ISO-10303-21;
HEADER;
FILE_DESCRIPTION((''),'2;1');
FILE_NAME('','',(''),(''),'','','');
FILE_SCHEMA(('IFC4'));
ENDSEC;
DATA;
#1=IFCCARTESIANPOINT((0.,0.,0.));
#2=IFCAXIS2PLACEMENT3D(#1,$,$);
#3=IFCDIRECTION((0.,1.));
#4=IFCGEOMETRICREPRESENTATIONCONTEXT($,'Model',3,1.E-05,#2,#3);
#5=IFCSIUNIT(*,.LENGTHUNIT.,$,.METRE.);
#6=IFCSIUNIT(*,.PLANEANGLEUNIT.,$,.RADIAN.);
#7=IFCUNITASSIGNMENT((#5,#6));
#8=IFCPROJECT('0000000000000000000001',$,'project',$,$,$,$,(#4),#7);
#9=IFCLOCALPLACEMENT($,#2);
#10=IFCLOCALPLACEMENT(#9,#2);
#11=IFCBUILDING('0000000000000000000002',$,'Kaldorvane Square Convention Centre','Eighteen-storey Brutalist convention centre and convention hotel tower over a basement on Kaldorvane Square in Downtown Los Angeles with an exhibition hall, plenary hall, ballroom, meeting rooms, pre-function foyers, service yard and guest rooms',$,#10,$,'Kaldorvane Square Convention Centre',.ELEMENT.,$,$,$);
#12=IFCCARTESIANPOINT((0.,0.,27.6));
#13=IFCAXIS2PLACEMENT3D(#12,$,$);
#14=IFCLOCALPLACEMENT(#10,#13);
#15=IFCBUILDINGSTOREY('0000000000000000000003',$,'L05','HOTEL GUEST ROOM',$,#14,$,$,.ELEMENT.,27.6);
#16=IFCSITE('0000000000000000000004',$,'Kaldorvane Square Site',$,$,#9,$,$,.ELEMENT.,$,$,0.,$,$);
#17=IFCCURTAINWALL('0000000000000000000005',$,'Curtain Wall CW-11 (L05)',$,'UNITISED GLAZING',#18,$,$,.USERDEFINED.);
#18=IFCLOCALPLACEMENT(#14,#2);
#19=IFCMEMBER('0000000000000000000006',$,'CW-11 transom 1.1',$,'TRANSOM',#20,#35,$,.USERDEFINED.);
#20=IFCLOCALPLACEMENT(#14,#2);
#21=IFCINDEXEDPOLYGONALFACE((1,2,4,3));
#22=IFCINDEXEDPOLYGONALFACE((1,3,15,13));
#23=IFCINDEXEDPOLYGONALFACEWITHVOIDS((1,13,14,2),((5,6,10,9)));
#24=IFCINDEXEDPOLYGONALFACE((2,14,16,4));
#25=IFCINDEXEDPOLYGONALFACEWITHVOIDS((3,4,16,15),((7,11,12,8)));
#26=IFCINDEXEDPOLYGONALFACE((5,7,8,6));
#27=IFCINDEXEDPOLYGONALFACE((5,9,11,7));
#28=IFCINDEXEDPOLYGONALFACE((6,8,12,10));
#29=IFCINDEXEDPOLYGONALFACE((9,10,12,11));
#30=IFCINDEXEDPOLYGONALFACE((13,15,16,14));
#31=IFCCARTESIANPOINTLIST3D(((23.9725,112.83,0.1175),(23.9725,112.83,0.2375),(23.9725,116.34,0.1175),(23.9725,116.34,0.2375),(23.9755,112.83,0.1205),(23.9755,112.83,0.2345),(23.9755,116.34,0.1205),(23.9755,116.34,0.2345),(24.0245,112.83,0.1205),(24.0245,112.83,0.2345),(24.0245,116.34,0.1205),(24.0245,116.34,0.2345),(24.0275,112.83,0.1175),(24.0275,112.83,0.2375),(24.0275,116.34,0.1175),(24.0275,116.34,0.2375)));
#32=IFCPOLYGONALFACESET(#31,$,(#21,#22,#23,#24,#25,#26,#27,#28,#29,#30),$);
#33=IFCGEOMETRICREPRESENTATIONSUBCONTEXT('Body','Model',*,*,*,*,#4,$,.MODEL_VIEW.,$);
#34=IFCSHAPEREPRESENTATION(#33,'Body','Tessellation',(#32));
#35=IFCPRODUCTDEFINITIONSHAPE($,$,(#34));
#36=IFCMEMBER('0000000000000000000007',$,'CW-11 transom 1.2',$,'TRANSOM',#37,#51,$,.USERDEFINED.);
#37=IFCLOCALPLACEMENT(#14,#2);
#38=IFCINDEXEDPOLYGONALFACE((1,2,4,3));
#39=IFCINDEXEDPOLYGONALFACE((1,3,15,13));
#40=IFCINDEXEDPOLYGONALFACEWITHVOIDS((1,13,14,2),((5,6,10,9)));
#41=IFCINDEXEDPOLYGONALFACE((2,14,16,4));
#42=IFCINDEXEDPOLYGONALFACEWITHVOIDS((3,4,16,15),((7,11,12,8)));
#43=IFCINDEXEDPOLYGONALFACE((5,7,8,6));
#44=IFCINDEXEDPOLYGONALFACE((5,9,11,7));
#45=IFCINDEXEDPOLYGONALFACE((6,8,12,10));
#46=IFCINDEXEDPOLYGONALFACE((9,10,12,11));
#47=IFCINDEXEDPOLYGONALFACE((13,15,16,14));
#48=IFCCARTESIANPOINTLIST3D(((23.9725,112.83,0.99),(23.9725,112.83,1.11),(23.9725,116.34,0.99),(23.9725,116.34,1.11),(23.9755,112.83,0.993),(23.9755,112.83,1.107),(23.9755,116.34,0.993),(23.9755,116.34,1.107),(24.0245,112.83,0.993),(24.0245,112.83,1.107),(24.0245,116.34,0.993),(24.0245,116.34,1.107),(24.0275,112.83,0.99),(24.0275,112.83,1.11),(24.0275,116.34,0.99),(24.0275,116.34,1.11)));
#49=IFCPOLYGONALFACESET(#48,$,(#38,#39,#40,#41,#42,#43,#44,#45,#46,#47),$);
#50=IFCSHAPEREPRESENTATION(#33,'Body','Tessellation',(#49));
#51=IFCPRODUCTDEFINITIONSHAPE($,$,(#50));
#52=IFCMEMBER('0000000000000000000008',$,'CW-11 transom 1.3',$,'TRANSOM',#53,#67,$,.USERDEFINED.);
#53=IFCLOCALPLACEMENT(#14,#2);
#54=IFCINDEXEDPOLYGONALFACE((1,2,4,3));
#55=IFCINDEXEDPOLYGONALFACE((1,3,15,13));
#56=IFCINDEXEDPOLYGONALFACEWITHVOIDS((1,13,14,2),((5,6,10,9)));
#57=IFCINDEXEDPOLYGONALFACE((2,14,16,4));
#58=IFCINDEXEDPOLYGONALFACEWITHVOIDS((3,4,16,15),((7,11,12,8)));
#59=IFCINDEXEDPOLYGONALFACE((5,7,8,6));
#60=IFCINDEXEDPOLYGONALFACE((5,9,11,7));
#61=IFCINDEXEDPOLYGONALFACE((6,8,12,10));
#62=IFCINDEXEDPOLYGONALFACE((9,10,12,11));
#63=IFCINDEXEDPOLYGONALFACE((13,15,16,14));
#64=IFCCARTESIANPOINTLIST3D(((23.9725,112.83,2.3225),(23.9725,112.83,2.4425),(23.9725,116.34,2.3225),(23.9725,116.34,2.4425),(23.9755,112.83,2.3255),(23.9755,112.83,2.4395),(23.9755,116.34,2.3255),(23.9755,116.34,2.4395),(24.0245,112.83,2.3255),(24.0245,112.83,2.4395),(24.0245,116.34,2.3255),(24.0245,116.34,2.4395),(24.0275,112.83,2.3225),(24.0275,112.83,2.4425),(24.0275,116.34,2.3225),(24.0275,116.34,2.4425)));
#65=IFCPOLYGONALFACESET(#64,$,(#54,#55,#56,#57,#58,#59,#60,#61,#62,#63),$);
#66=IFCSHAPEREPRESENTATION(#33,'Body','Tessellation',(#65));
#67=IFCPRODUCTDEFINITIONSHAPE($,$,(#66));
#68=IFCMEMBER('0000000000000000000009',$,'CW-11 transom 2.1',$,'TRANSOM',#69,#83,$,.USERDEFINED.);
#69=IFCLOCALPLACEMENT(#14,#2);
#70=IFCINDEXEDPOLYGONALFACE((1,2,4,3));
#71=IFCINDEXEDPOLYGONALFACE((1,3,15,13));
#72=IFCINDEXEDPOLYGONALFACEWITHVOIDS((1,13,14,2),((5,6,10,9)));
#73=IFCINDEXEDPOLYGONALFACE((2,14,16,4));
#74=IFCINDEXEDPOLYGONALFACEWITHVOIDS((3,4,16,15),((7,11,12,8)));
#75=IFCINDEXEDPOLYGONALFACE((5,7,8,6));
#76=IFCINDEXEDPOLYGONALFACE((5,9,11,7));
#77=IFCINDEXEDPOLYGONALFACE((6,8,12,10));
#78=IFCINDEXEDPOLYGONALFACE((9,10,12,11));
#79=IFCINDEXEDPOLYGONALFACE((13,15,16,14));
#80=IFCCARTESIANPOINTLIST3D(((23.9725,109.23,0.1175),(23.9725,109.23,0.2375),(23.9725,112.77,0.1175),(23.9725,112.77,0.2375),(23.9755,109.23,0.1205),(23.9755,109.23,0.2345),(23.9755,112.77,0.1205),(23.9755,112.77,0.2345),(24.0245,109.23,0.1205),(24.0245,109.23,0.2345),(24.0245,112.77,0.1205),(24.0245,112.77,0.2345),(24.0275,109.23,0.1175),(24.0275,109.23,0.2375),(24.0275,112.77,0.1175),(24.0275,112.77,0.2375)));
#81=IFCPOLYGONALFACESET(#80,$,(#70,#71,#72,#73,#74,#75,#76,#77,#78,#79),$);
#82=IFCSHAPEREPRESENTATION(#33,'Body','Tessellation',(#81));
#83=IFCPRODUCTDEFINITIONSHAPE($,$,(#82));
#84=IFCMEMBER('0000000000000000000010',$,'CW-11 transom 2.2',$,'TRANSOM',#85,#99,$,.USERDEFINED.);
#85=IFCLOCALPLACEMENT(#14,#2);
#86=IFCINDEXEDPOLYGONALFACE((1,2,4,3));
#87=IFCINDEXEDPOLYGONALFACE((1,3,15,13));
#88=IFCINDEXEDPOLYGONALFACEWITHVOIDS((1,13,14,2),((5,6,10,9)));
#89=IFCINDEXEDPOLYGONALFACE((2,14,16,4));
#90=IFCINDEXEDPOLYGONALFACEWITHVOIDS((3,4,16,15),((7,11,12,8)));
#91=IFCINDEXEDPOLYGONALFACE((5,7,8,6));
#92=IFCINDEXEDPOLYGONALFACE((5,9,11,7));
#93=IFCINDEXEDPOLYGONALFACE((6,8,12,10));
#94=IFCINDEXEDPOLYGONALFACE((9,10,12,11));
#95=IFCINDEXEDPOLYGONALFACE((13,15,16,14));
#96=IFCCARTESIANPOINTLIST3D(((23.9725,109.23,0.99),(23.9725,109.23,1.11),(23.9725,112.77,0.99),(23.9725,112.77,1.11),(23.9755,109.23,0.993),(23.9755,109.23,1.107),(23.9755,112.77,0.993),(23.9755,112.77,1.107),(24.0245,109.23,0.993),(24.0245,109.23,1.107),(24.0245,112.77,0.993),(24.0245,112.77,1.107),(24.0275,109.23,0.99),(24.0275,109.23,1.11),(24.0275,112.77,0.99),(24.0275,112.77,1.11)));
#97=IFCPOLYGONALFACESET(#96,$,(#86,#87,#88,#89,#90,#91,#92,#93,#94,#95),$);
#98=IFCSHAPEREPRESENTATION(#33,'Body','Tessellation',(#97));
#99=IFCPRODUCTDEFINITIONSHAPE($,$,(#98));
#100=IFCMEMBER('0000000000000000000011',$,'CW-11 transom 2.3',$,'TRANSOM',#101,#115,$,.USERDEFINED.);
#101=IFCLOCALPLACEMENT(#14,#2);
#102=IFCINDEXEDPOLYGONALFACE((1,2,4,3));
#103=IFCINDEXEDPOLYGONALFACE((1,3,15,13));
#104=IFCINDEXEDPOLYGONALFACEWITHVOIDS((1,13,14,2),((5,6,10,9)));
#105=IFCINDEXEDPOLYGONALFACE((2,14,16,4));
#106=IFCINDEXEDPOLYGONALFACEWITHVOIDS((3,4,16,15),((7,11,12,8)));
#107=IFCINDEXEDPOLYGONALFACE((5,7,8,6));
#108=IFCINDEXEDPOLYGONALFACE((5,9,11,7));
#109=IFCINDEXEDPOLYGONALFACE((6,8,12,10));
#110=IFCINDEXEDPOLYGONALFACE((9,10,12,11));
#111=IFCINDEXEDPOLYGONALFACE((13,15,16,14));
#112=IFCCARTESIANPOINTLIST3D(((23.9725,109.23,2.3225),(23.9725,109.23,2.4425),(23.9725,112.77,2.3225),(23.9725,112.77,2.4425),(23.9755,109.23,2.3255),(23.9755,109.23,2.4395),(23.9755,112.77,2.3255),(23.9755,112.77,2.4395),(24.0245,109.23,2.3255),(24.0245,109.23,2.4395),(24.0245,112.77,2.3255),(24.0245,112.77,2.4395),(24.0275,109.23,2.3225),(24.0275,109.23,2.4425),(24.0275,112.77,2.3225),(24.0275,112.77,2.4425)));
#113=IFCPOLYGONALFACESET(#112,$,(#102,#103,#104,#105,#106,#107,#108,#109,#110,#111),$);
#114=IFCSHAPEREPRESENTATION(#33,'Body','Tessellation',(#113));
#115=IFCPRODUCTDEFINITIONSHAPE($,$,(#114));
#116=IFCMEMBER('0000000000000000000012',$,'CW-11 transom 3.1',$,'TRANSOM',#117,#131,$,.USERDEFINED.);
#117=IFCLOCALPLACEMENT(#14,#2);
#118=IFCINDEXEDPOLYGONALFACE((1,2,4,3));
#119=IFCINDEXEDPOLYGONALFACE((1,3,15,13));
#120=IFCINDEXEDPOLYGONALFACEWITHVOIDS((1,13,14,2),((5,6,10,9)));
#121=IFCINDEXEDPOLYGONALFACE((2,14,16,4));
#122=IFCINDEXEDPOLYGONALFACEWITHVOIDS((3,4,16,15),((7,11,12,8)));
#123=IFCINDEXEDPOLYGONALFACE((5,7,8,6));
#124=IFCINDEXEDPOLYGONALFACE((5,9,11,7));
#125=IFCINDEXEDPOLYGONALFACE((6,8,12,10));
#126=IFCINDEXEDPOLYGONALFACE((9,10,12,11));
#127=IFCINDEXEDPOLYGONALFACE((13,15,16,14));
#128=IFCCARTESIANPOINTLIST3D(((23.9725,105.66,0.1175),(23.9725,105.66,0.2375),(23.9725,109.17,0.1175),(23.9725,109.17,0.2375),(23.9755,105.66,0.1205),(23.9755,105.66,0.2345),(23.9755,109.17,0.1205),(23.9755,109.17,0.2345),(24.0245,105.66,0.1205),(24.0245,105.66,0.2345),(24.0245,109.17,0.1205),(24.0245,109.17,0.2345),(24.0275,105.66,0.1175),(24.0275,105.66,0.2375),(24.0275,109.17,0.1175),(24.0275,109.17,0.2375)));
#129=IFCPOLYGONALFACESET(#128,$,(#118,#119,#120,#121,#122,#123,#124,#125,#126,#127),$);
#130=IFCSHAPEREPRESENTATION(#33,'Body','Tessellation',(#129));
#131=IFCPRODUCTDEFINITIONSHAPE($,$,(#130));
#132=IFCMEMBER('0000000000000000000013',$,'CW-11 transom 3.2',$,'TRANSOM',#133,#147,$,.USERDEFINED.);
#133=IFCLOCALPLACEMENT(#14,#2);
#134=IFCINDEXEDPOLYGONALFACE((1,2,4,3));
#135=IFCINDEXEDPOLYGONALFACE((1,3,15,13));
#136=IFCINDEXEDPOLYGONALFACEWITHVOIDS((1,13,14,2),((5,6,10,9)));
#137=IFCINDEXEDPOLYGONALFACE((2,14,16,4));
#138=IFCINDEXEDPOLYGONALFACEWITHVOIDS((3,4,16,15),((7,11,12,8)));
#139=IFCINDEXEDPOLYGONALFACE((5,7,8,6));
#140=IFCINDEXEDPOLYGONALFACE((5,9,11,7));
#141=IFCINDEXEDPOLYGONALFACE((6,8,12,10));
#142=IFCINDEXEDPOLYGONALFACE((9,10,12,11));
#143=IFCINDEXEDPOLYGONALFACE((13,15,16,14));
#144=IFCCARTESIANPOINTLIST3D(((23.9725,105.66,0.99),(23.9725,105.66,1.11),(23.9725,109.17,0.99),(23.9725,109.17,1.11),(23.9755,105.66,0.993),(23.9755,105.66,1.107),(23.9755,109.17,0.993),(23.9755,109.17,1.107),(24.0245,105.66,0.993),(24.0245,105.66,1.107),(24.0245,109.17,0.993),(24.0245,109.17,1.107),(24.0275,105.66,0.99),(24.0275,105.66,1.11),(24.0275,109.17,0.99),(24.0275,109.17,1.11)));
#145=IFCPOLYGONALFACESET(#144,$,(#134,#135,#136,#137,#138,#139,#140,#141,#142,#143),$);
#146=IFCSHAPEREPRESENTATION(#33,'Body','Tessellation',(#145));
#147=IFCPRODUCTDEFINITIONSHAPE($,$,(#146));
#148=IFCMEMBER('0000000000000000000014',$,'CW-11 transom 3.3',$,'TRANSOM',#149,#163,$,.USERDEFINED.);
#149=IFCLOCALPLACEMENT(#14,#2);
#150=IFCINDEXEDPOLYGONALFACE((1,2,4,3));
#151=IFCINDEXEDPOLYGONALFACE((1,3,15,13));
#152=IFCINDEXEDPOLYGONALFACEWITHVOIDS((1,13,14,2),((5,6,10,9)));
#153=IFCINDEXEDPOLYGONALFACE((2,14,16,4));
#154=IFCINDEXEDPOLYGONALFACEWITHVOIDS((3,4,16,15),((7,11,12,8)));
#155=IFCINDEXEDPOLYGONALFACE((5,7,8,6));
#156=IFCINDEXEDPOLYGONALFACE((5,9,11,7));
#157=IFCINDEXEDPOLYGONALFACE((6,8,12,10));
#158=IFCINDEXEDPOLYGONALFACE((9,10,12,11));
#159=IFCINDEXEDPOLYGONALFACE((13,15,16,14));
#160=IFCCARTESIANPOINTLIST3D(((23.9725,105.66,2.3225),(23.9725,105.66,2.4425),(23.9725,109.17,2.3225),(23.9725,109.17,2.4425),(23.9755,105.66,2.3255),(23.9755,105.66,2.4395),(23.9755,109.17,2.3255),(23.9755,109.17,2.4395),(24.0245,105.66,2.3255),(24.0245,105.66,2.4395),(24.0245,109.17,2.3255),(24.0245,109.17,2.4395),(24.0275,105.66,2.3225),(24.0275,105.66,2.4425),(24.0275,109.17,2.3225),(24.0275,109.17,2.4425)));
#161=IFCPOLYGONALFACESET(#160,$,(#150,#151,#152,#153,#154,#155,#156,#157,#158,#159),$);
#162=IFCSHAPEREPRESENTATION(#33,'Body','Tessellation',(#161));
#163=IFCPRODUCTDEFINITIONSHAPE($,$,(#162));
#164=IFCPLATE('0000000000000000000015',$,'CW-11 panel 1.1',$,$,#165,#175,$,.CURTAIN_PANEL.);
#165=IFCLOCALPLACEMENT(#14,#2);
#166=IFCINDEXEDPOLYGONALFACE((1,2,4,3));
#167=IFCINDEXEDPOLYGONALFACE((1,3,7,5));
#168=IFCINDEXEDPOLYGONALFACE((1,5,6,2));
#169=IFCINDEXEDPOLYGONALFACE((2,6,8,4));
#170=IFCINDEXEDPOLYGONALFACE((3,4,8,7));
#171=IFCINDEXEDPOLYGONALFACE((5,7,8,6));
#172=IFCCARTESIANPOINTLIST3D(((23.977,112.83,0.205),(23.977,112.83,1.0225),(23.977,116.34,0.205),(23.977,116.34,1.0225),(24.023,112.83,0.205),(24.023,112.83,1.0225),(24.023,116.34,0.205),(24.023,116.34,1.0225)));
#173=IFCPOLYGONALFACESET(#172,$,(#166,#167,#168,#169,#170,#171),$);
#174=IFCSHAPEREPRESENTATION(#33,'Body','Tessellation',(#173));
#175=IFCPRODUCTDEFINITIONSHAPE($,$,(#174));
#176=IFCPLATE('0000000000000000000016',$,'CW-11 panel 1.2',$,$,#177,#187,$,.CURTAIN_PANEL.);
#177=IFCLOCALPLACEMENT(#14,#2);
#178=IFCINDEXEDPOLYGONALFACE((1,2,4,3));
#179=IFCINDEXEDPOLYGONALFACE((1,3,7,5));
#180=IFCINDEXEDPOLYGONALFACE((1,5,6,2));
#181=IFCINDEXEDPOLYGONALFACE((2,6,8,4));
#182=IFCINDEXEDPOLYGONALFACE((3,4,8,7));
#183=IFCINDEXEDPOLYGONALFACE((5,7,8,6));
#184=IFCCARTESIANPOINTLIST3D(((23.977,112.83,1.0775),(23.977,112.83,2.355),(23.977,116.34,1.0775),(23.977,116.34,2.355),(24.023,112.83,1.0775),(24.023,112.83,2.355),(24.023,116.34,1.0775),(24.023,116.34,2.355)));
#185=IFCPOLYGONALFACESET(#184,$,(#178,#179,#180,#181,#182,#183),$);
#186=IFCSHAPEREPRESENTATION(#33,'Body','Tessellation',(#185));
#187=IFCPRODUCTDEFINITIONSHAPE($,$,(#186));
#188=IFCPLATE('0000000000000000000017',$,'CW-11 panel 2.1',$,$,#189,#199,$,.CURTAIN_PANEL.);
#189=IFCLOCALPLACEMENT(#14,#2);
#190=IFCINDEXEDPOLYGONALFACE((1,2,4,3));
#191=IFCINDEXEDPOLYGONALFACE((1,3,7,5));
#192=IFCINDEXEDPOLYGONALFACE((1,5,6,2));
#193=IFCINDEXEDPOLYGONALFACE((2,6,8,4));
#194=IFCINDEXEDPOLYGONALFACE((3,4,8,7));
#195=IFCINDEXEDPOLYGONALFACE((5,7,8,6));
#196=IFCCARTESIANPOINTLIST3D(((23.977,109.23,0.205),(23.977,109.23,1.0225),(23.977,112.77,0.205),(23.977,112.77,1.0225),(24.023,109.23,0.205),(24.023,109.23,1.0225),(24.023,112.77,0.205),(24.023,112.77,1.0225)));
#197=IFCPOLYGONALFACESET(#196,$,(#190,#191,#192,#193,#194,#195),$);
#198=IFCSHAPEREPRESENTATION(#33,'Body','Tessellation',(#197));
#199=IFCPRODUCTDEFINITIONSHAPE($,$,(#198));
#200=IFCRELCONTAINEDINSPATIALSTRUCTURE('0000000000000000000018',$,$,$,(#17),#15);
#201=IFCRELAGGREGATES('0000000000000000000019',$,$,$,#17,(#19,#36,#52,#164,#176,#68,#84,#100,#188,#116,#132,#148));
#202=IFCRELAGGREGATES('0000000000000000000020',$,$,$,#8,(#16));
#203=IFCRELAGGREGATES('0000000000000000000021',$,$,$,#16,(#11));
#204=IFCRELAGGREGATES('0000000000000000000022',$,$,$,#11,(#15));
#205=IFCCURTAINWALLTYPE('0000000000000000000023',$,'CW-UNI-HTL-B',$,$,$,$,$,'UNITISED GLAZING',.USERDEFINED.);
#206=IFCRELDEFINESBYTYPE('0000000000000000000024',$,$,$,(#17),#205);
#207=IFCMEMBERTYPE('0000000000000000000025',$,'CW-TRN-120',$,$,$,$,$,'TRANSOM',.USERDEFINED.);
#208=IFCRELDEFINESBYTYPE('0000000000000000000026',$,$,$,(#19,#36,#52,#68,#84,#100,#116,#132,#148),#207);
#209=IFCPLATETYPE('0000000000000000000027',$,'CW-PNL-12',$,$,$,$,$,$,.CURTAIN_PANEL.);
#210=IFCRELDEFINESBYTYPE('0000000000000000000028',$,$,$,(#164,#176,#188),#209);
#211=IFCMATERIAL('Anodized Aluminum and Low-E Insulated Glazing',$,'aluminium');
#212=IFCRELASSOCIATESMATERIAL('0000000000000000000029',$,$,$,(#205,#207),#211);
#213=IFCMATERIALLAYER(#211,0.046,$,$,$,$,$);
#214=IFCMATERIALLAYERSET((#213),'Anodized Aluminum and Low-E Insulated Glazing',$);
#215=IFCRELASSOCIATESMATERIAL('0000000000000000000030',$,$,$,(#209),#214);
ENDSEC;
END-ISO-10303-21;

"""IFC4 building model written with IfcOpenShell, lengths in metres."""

from ifc_helpers import new_model, si_unit, direction, frame, origin, origin_2d, place, context, subcontext, project, spatial, rectangle, hollow_rectangle, extrude, material, layer, layer_set, material_profile, profile_set, type_object, element, aggregate, save


model = new_model("IFC4")

# Units and contexts
model_context = context("Model", 3, precision=1e-05, world=origin(), true_north=direction((0.0, 1.0)))
body_context = subcontext(model_context, "Body", "Model", "MODEL_VIEW")
ifc_project = project(units=[si_unit("LENGTHUNIT", "METRE"), si_unit("PLANEANGLEUNIT", "RADIAN")], contexts=[model_context])

# Site, building, storey
site_placement = place(None, origin())
site = spatial("IfcSite", under=ifc_project, at=site_placement, Name="Kaldorvane Square Site", CompositionType="ELEMENT", RefElevation=0.0)
building_placement = place(site_placement, origin())
building = spatial("IfcBuilding", under=site, at=building_placement, Name="Kaldorvane Square Convention Centre", Description="Eighteen-storey Brutalist convention centre and convention hotel tower over a basement on Kaldorvane Square in Downtown Los Angeles with an exhibition hall, plenary hall, ballroom, meeting rooms, pre-function foyers, service yard and guest rooms", LongName="Kaldorvane Square Convention Centre", CompositionType="ELEMENT")
storey_placement = place(building_placement, frame((0.0, 0.0, 27.6)))
storey = spatial("IfcBuildingStorey", under=building, at=storey_placement, Name="L05", Description="HOTEL GUEST ROOM", CompositionType="ELEMENT", Elevation=27.6)

# Curtain wall, members, plates
ifc_material_1 = material(Name="Anodized Aluminum and Low-E Insulated Glazing", Category="aluminium")
curtain_wall_type = type_object("IfcCurtainWallType", Name="CW-UNI-HTL-B", ElementType="UNITISED GLAZING", PredefinedType="USERDEFINED", material=ifc_material_1)
curtain_wall_placement = place(storey_placement, origin())
curtain_wall = element("IfcCurtainWall", 1, at=curtain_wall_placement, inside=storey, type_object=curtain_wall_type, Name="Curtain Wall CW-11 (L05)", ObjectType="UNITISED GLAZING", PredefinedType="USERDEFINED")
ifc_material_profile_1 = material_profile(ifc_material_1, hollow_rectangle(XDim=0.055, YDim=0.12, WallThickness=0.003, at=origin_2d()), Name="CWT-120X55")
ifc_profile_set_1 = profile_set([ifc_material_profile_1], Name="Anodized Aluminum and Low-E Insulated Glazing")
member_type_1 = type_object("IfcMemberType", Name="CW-TRN-120", ElementType="TRANSOM", PredefinedType="USERDEFINED", material=ifc_profile_set_1)
member_1_placement = place(storey_placement, frame((24.0, 116.34, 0.1775), z_axis=(0.0, -1.0, 0.0), x_axis=(1.0, 0.0, 0.0)))
member_1 = element("IfcMember", 2, at=member_1_placement, type_object=member_type_1, Name="CW-11 transom 1.1", ObjectType="TRANSOM", PredefinedType="USERDEFINED", context=body_context, shape_type="SweptSolid", body=[
    extrude(hollow_rectangle(XDim=0.055, YDim=0.12, WallThickness=0.003, at=origin_2d()), origin(), (0.0, 0.0, 1.0), 3.51),
])
member_2_placement = place(storey_placement, frame((24.0, 116.34, 1.05), z_axis=(0.0, -1.0, 0.0), x_axis=(1.0, 0.0, 0.0)))
member_2 = element("IfcMember", 3, at=member_2_placement, type_object=member_type_1, Name="CW-11 transom 1.2", ObjectType="TRANSOM", PredefinedType="USERDEFINED", context=body_context, shape_type="SweptSolid", body=[
    extrude(hollow_rectangle(XDim=0.055, YDim=0.12, WallThickness=0.003, at=origin_2d()), origin(), (0.0, 0.0, 1.0), 3.51),
])
member_3_placement = place(storey_placement, frame((24.0, 116.34, 2.3825), z_axis=(0.0, -1.0, 0.0), x_axis=(1.0, 0.0, 0.0)))
member_3 = element("IfcMember", 4, at=member_3_placement, type_object=member_type_1, Name="CW-11 transom 1.3", ObjectType="TRANSOM", PredefinedType="USERDEFINED", context=body_context, shape_type="SweptSolid", body=[
    extrude(hollow_rectangle(XDim=0.055, YDim=0.12, WallThickness=0.003, at=origin_2d()), origin(), (0.0, 0.0, 1.0), 3.51),
])
member_4_placement = place(storey_placement, frame((24.0, 112.77, 0.1775), z_axis=(0.0, -1.0, 0.0), x_axis=(1.0, 0.0, 0.0)))
member_4 = element("IfcMember", 5, at=member_4_placement, type_object=member_type_1, Name="CW-11 transom 2.1", ObjectType="TRANSOM", PredefinedType="USERDEFINED", context=body_context, shape_type="SweptSolid", body=[
    extrude(hollow_rectangle(XDim=0.055, YDim=0.12, WallThickness=0.003, at=origin_2d()), origin(), (0.0, 0.0, 1.0), 3.54),
])
member_5_placement = place(storey_placement, frame((24.0, 112.77, 1.05), z_axis=(0.0, -1.0, 0.0), x_axis=(1.0, 0.0, 0.0)))
member_5 = element("IfcMember", 6, at=member_5_placement, type_object=member_type_1, Name="CW-11 transom 2.2", ObjectType="TRANSOM", PredefinedType="USERDEFINED", context=body_context, shape_type="SweptSolid", body=[
    extrude(hollow_rectangle(XDim=0.055, YDim=0.12, WallThickness=0.003, at=origin_2d()), origin(), (0.0, 0.0, 1.0), 3.54),
])
member_6_placement = place(storey_placement, frame((24.0, 112.77, 2.3825), z_axis=(0.0, -1.0, 0.0), x_axis=(1.0, 0.0, 0.0)))
member_6 = element("IfcMember", 7, at=member_6_placement, type_object=member_type_1, Name="CW-11 transom 2.3", ObjectType="TRANSOM", PredefinedType="USERDEFINED", context=body_context, shape_type="SweptSolid", body=[
    extrude(hollow_rectangle(XDim=0.055, YDim=0.12, WallThickness=0.003, at=origin_2d()), origin(), (0.0, 0.0, 1.0), 3.54),
])
member_7_placement = place(storey_placement, frame((24.0, 109.17, 0.1775), z_axis=(0.0, -1.0, 0.0), x_axis=(1.0, 0.0, 0.0)))
member_7 = element("IfcMember", 8, at=member_7_placement, type_object=member_type_1, Name="CW-11 transom 3.1", ObjectType="TRANSOM", PredefinedType="USERDEFINED", context=body_context, shape_type="SweptSolid", body=[
    extrude(hollow_rectangle(XDim=0.055, YDim=0.12, WallThickness=0.003, at=origin_2d()), origin(), (0.0, 0.0, 1.0), 3.51),
])
member_8_placement = place(storey_placement, frame((24.0, 109.17, 1.05), z_axis=(0.0, -1.0, 0.0), x_axis=(1.0, 0.0, 0.0)))
member_8 = element("IfcMember", 9, at=member_8_placement, type_object=member_type_1, Name="CW-11 transom 3.2", ObjectType="TRANSOM", PredefinedType="USERDEFINED", context=body_context, shape_type="SweptSolid", body=[
    extrude(hollow_rectangle(XDim=0.055, YDim=0.12, WallThickness=0.003, at=origin_2d()), origin(), (0.0, 0.0, 1.0), 3.51),
])
member_9_placement = place(storey_placement, frame((24.0, 109.17, 2.3825), z_axis=(0.0, -1.0, 0.0), x_axis=(1.0, 0.0, 0.0)))
member_9 = element("IfcMember", 10, at=member_9_placement, type_object=member_type_1, Name="CW-11 transom 3.3", ObjectType="TRANSOM", PredefinedType="USERDEFINED", context=body_context, shape_type="SweptSolid", body=[
    extrude(hollow_rectangle(XDim=0.055, YDim=0.12, WallThickness=0.003, at=origin_2d()), origin(), (0.0, 0.0, 1.0), 3.51),
])
ifc_layer_1 = layer(ifc_material_1, 0.046)
ifc_layer_set_1 = layer_set([ifc_layer_1], Name="Anodized Aluminum and Low-E Insulated Glazing")
plate_type = type_object("IfcPlateType", Name="CW-PNL-12", PredefinedType="CURTAIN_PANEL", material=ifc_layer_set_1)
plate_1_placement = place(storey_placement, frame((24.0, 114.585, 0.205), z_axis=(0.0, 0.0, 1.0), x_axis=(0.0, -1.0, 0.0)))
plate_1 = element("IfcPlate", 11, at=plate_1_placement, type_object=plate_type, Name="CW-11 panel 1.1", PredefinedType="CURTAIN_PANEL", context=body_context, shape_type="SweptSolid", body=[
    extrude(rectangle(XDim=3.51, YDim=0.046, at=origin_2d()), origin(), (0.0, 0.0, 1.0), 0.8175),
])
plate_2_placement = place(storey_placement, frame((24.0, 114.585, 1.0775), z_axis=(0.0, 0.0, 1.0), x_axis=(0.0, -1.0, 0.0)))
plate_2 = element("IfcPlate", 12, at=plate_2_placement, type_object=plate_type, Name="CW-11 panel 1.2", PredefinedType="CURTAIN_PANEL", context=body_context, shape_type="SweptSolid", body=[
    extrude(rectangle(XDim=3.51, YDim=0.046, at=origin_2d()), origin(), (0.0, 0.0, 1.0), 1.2775),
])
plate_3_placement = place(storey_placement, frame((24.0, 111.0, 0.205), z_axis=(0.0, 0.0, 1.0), x_axis=(0.0, -1.0, 0.0)))
plate_3 = element("IfcPlate", 13, at=plate_3_placement, type_object=plate_type, Name="CW-11 panel 2.1", PredefinedType="CURTAIN_PANEL", context=body_context, shape_type="SweptSolid", body=[
    extrude(rectangle(XDim=3.54, YDim=0.046, at=origin_2d()), origin(), (0.0, 0.0, 1.0), 0.8175),
])
aggregate(curtain_wall, [member_1, member_2, member_3, plate_1, plate_2, member_4, member_5, member_6, plate_3, member_7, member_8, member_9])

save(model, "model.ifc")
